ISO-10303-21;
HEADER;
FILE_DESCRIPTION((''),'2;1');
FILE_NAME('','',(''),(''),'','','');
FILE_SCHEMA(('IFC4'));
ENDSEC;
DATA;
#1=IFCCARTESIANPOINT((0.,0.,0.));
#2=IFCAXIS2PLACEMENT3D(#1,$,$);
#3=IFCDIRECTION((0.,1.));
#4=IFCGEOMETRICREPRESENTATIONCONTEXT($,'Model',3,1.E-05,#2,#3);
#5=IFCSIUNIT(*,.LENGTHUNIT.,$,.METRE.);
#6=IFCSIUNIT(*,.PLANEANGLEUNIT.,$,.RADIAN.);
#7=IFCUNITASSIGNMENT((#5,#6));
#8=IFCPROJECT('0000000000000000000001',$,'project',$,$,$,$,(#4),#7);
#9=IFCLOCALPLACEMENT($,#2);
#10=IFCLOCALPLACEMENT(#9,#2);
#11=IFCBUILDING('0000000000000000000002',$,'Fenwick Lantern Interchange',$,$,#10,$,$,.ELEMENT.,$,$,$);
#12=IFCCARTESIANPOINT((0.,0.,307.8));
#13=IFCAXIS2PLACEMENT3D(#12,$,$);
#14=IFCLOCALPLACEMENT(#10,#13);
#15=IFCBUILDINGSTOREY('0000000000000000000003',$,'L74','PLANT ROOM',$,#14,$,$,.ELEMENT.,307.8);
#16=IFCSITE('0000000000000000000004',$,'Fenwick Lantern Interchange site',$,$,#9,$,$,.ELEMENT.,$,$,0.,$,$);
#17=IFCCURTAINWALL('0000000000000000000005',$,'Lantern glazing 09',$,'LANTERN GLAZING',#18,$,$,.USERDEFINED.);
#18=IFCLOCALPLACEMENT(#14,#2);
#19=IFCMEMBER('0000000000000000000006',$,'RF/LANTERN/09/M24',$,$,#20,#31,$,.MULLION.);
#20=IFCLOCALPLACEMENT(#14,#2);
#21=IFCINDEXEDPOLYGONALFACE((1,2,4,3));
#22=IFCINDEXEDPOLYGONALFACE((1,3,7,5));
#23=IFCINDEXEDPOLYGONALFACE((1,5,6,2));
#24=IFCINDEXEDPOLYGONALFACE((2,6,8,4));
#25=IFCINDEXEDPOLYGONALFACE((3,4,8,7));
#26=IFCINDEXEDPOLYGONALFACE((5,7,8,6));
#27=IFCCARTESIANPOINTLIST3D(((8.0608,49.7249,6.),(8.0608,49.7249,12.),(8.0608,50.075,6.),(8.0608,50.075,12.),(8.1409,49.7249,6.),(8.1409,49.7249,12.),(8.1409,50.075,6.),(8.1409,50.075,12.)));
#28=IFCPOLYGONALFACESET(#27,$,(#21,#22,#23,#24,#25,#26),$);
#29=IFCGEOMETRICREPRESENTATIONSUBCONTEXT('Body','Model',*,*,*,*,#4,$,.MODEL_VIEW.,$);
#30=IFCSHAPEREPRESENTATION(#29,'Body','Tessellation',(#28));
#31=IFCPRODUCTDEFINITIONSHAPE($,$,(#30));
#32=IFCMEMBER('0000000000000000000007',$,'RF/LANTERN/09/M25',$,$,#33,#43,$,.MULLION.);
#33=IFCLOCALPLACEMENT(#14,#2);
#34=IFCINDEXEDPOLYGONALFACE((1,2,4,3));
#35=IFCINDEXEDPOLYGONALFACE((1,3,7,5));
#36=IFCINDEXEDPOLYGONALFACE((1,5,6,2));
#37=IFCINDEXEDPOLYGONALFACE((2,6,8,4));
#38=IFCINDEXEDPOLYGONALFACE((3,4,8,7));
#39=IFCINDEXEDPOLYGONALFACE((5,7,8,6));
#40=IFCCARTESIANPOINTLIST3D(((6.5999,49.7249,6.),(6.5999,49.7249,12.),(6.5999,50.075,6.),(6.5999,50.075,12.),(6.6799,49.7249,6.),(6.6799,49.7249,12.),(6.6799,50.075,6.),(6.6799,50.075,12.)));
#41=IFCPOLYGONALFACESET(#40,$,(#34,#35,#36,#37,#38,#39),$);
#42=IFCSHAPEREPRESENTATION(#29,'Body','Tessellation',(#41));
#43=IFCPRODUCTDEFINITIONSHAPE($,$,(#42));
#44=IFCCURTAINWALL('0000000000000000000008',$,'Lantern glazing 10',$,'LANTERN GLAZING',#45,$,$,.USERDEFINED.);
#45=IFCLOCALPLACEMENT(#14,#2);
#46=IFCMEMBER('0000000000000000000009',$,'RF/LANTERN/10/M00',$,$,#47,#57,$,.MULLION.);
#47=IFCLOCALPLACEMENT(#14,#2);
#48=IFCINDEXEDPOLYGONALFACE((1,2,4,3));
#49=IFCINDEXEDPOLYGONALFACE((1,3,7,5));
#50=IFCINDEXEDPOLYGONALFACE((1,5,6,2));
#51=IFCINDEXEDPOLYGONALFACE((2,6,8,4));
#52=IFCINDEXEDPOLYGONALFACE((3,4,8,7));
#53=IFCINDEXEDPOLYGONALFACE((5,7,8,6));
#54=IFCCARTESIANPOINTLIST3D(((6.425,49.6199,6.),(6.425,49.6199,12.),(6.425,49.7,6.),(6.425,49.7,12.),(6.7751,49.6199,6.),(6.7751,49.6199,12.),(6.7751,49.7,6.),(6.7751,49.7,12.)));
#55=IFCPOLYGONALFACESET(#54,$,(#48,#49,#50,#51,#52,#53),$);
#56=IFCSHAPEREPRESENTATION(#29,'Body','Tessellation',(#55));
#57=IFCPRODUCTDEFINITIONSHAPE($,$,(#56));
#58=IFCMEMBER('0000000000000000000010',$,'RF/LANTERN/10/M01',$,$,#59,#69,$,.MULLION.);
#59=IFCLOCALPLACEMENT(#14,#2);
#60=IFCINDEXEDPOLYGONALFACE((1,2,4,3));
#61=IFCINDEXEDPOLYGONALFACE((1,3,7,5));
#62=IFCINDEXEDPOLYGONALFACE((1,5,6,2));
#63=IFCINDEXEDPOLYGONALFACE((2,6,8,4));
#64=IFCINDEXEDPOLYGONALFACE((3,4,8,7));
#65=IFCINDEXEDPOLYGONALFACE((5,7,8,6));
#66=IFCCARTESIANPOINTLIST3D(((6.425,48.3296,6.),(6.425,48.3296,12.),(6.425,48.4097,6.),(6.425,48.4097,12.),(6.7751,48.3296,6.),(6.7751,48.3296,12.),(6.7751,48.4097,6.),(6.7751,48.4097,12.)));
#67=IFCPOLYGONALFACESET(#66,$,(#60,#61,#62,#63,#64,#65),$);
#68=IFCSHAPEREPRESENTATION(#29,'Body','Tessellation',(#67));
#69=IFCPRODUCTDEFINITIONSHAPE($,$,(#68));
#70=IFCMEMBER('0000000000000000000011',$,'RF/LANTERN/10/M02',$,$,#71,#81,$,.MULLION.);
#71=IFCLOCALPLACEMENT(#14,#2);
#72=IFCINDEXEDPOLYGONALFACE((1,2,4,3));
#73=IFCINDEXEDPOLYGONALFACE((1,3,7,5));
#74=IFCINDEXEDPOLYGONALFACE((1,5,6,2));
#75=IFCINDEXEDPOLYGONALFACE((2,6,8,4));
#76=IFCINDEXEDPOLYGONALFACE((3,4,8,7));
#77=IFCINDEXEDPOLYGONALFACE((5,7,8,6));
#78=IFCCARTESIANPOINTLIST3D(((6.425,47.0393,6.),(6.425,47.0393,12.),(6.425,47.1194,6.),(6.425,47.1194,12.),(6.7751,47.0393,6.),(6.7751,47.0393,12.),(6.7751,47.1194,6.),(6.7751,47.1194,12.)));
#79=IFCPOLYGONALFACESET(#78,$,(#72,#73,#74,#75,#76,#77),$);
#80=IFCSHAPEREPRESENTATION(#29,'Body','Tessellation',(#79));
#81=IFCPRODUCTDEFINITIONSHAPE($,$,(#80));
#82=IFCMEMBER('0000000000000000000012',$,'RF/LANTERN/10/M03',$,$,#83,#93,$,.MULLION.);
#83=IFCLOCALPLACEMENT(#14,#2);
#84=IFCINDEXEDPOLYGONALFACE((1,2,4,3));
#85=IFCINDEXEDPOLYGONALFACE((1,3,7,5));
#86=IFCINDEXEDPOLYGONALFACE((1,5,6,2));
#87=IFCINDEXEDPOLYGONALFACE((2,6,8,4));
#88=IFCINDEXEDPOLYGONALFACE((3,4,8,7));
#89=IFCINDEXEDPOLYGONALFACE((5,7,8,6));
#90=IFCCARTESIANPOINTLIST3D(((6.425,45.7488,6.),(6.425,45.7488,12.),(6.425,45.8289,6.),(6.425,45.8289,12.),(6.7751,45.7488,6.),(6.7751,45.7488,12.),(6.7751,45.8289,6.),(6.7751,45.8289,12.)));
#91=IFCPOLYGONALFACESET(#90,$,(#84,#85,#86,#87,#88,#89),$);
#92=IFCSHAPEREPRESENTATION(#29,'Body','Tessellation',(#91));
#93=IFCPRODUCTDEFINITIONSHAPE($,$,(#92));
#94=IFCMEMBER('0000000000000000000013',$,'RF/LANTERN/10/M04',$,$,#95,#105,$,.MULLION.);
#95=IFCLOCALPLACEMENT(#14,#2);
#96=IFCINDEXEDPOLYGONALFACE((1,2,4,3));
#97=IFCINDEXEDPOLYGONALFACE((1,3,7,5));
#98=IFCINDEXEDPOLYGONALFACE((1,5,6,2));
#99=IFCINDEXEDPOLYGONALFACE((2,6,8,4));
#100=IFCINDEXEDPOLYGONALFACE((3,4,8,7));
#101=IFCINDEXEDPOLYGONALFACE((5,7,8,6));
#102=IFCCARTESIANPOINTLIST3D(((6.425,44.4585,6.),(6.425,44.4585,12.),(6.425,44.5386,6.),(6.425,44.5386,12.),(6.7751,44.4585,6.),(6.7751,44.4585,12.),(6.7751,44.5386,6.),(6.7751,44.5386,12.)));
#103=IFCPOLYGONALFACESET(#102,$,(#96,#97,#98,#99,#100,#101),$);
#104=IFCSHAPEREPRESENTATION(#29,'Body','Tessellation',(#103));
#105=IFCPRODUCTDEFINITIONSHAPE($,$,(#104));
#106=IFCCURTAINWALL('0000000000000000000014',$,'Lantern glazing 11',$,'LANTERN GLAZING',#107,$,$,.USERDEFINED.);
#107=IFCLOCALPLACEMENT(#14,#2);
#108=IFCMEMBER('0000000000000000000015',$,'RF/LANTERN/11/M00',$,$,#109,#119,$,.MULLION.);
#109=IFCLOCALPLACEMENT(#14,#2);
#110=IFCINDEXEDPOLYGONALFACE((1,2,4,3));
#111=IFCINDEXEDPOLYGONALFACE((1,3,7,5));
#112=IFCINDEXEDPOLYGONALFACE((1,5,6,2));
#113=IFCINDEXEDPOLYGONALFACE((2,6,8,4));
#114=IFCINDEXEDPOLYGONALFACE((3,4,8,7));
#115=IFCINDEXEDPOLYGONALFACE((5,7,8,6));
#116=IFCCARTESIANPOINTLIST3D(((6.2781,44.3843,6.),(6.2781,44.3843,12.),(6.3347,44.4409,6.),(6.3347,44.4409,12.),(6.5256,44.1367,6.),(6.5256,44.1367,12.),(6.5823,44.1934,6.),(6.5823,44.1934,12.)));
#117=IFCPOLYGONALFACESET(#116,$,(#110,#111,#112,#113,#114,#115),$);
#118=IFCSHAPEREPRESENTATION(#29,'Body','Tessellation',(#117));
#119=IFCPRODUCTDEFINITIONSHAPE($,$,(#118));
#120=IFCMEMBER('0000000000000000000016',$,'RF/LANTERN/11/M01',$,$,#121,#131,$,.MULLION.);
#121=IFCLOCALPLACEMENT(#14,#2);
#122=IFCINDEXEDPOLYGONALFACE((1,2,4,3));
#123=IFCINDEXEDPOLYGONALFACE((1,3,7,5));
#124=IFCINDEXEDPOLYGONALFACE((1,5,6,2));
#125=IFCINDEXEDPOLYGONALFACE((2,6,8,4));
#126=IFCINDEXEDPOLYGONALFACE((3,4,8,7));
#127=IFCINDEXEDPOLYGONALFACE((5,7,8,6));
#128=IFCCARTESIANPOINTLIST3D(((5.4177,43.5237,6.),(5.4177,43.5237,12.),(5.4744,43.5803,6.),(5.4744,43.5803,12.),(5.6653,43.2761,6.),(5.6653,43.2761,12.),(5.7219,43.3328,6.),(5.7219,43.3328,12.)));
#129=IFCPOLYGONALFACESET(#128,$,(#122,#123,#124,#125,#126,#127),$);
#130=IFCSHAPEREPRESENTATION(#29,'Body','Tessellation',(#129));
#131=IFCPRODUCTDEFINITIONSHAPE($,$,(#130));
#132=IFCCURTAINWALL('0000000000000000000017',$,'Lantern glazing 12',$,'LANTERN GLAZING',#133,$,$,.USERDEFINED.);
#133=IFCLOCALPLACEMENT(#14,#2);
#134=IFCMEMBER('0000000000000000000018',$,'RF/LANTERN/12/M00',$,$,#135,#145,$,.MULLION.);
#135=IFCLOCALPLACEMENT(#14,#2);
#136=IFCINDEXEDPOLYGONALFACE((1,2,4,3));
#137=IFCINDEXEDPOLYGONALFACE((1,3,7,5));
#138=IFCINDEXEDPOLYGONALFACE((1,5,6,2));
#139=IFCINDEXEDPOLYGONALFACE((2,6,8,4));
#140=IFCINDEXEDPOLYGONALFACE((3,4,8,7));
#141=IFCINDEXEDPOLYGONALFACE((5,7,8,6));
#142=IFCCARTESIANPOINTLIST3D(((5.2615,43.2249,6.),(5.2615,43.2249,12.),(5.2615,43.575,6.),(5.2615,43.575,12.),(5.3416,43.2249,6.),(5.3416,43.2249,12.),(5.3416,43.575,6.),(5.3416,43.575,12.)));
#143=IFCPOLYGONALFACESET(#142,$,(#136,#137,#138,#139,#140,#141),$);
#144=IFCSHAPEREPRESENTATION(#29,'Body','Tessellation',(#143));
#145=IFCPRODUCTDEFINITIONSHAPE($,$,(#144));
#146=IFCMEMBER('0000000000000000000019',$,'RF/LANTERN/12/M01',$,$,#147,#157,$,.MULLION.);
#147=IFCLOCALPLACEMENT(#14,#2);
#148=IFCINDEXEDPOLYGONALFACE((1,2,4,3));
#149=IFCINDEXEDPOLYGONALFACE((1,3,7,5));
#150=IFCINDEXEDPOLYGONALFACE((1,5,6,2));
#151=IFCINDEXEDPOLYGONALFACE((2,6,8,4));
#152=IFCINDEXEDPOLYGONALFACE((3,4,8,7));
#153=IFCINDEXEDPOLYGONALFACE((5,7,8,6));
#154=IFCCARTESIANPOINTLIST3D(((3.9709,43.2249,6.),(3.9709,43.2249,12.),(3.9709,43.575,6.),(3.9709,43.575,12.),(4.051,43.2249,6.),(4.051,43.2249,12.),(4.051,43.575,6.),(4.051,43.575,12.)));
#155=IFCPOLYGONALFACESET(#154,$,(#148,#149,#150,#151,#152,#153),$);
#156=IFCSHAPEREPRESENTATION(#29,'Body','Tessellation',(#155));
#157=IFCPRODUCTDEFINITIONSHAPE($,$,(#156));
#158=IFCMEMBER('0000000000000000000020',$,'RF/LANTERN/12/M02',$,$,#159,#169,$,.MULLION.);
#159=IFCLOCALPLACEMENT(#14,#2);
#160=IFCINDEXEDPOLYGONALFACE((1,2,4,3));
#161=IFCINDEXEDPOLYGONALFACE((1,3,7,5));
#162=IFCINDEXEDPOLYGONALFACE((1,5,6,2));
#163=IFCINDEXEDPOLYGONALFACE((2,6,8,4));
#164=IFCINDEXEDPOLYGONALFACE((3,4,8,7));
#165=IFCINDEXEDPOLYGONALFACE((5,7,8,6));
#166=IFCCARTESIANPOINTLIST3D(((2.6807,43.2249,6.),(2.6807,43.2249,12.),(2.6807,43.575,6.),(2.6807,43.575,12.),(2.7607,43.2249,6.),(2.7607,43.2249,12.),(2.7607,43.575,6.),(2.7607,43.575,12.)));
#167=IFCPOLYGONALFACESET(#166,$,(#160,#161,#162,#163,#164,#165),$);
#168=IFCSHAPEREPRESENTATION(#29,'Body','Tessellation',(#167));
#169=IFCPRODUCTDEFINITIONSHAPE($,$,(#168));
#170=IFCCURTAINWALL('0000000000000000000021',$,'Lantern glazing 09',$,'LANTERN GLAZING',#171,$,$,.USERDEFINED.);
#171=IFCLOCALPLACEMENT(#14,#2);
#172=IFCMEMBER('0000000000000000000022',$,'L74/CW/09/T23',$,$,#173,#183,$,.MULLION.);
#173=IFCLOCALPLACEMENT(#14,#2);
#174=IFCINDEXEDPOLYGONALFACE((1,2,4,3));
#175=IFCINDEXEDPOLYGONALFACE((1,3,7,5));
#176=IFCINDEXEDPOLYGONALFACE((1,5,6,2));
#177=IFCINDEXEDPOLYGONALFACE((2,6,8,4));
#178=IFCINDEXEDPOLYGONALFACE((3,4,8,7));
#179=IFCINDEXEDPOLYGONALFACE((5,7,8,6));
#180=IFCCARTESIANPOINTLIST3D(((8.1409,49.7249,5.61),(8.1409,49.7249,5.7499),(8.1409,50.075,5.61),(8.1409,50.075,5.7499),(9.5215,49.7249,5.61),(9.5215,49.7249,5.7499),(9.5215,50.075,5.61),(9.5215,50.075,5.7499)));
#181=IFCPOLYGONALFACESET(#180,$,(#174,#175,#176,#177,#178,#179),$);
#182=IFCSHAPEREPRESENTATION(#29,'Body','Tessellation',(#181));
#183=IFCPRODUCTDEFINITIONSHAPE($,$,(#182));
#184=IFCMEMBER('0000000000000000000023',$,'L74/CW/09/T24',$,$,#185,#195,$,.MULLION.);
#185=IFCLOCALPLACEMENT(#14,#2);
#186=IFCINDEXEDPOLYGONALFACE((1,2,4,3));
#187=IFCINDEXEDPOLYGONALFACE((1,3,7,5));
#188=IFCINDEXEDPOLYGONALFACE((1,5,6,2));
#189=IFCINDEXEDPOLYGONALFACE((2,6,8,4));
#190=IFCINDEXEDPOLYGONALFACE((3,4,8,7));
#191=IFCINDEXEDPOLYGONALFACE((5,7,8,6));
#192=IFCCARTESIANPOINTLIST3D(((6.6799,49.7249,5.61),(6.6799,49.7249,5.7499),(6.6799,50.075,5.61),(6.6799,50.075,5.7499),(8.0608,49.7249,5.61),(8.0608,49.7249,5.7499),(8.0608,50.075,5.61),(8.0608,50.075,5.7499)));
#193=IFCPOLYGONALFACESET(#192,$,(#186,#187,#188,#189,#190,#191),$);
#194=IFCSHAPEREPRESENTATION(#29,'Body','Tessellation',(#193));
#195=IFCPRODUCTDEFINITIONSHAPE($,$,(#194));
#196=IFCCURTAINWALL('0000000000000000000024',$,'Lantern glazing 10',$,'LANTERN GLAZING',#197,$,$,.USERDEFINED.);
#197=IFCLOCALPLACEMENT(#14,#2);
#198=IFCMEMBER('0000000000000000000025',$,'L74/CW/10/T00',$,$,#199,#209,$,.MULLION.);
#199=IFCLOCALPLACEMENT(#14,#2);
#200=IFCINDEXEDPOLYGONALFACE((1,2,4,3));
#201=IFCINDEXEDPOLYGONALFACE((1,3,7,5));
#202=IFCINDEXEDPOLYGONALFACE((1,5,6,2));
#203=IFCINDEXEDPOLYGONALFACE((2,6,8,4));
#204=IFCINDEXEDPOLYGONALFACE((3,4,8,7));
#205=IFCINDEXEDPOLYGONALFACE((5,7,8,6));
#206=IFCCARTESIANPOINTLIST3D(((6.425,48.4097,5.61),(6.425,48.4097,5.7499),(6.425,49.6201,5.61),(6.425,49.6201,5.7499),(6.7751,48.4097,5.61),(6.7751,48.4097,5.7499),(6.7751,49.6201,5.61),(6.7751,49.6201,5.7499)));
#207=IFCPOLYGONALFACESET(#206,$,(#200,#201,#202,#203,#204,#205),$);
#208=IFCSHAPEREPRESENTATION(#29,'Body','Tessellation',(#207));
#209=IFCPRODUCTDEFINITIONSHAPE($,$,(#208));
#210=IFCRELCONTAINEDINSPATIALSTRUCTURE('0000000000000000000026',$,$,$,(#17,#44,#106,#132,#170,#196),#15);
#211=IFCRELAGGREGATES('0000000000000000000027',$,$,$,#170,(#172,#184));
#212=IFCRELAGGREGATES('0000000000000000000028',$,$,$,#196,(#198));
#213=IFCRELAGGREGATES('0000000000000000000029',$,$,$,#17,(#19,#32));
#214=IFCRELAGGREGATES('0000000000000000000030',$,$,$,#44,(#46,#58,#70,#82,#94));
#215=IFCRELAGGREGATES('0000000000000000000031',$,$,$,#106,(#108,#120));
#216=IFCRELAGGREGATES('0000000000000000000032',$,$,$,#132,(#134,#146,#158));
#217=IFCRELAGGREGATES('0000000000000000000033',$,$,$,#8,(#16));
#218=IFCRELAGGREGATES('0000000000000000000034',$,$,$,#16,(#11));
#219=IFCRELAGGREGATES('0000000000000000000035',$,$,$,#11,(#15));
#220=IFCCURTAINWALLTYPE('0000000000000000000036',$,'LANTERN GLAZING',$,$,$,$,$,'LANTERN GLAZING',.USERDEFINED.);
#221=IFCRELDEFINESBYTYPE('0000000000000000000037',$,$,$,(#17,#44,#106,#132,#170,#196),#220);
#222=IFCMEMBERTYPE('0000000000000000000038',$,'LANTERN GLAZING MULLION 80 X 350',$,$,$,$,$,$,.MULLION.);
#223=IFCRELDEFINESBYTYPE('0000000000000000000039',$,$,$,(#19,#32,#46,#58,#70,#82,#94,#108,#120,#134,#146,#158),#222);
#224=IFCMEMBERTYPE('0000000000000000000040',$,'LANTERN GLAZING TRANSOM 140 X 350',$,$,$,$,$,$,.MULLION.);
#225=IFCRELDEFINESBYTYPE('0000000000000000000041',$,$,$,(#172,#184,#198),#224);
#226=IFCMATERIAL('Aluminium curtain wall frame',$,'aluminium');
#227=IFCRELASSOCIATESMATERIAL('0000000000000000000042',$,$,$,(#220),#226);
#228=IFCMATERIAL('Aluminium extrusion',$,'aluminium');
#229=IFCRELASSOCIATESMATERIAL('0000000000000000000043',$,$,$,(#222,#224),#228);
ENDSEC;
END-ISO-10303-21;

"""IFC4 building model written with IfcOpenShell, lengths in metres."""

from ifc_helpers import new_model, si_unit, direction, frame, origin, origin_2d, place, context, subcontext, project, spatial, rectangle, extrude, material, material_profile, profile_set, type_object, element, aggregate, save


model = new_model("IFC4")

# Units and contexts
model_context = context("Model", 3, precision=1e-05, world=origin(), true_north=direction((0.0, 1.0)))
body_context = subcontext(model_context, "Body", "Model", "MODEL_VIEW")
ifc_project = project(units=[si_unit("LENGTHUNIT", "METRE"), si_unit("PLANEANGLEUNIT", "RADIAN")], contexts=[model_context])

# Site, building, storey
site_placement = place(None, origin())
site = spatial("IfcSite", under=ifc_project, at=site_placement, Name="Fenwick Lantern Interchange site", CompositionType="ELEMENT", RefElevation=0.0)
building_placement = place(site_placement, origin())
building = spatial("IfcBuilding", under=site, at=building_placement, Name="Fenwick Lantern Interchange", CompositionType="ELEMENT")
storey_placement = place(building_placement, frame((0.0, 0.0, 307.8)))
storey = spatial("IfcBuildingStorey", under=building, at=storey_placement, Name="L74", Description="PLANT ROOM", CompositionType="ELEMENT", Elevation=307.8)

# Curtain walls, members
ifc_material_1 = material(Name="Aluminium curtain wall frame", Category="aluminium")
curtain_wall_type = type_object("IfcCurtainWallType", Name="LANTERN GLAZING", ElementType="LANTERN GLAZING", PredefinedType="USERDEFINED", material=ifc_material_1)
curtain_wall_1_placement = place(storey_placement, origin())
curtain_wall_1 = element("IfcCurtainWall", 1, at=curtain_wall_1_placement, inside=storey, type_object=curtain_wall_type, Name="Lantern glazing 09", ObjectType="LANTERN GLAZING", PredefinedType="USERDEFINED")
ifc_material_2 = material(Name="Aluminium extrusion", Category="aluminium")
ifc_material_profile_1 = material_profile(ifc_material_2, rectangle(XDim=0.3501, YDim=0.0801, at=origin_2d()), Name="LANTERN GLAZING MULLION 80 X 350")
ifc_profile_set_1 = profile_set([ifc_material_profile_1], Name="Aluminium extrusion")
member_type_1 = type_object("IfcMemberType", Name="LANTERN GLAZING MULLION 80 X 350", PredefinedType="MULLION", material=ifc_profile_set_1)
member_1_placement = place(storey_placement, frame((8.1008, 49.8999, 6.0), z_axis=(0.0, 0.0, 1.0), x_axis=(0.0, -1.0, 0.0)))
member_1 = element("IfcMember", 2, at=member_1_placement, type_object=member_type_1, Name="RF/LANTERN/09/M24", PredefinedType="MULLION", context=body_context, shape_type="SweptSolid", body=[
    extrude(rectangle(XDim=0.3501, YDim=0.0801, at=origin_2d()), origin(), (0.0, 0.0, 1.0), 6.0),
])
member_2_placement = place(storey_placement, frame((6.6399, 49.8999, 6.0), z_axis=(0.0, 0.0, 1.0), x_axis=(0.0, -1.0, 0.0)))
member_2 = element("IfcMember", 3, at=member_2_placement, type_object=member_type_1, Name="RF/LANTERN/09/M25", PredefinedType="MULLION", context=body_context, shape_type="SweptSolid", body=[
    extrude(rectangle(XDim=0.3501, YDim=0.0801, at=origin_2d()), origin(), (0.0, 0.0, 1.0), 6.0),
])
curtain_wall_2_placement = place(storey_placement, origin())
curtain_wall_2 = element("IfcCurtainWall", 4, at=curtain_wall_2_placement, inside=storey, type_object=curtain_wall_type, Name="Lantern glazing 10", ObjectType="LANTERN GLAZING", PredefinedType="USERDEFINED")
member_3_placement = place(storey_placement, frame((6.6001, 49.6599, 6.0), z_axis=(0.0, 0.0, 1.0), x_axis=(1.0, 0.0, 0.0)))
member_3 = element("IfcMember", 5, at=member_3_placement, type_object=member_type_1, Name="RF/LANTERN/10/M00", PredefinedType="MULLION", context=body_context, shape_type="SweptSolid", body=[
    extrude(rectangle(XDim=0.3501, YDim=0.0801, at=origin_2d()), origin(), (0.0, 0.0, 1.0), 6.0),
])
member_4_placement = place(storey_placement, frame((6.6001, 48.3696, 6.0), z_axis=(0.0, 0.0, 1.0), x_axis=(1.0, 0.0, 0.0)))
member_4 = element("IfcMember", 6, at=member_4_placement, type_object=member_type_1, Name="RF/LANTERN/10/M01", PredefinedType="MULLION", context=body_context, shape_type="SweptSolid", body=[
    extrude(rectangle(XDim=0.3501, YDim=0.0801, at=origin_2d()), origin(), (0.0, 0.0, 1.0), 6.0),
])
member_5_placement = place(storey_placement, frame((6.6001, 47.0793, 6.0), z_axis=(0.0, 0.0, 1.0), x_axis=(1.0, 0.0, 0.0)))
member_5 = element("IfcMember", 7, at=member_5_placement, type_object=member_type_1, Name="RF/LANTERN/10/M02", PredefinedType="MULLION", context=body_context, shape_type="SweptSolid", body=[
    extrude(rectangle(XDim=0.3501, YDim=0.0801, at=origin_2d()), origin(), (0.0, 0.0, 1.0), 6.0),
])
member_6_placement = place(storey_placement, frame((6.6001, 45.7888, 6.0), z_axis=(0.0, 0.0, 1.0), x_axis=(1.0, 0.0, 0.0)))
member_6 = element("IfcMember", 8, at=member_6_placement, type_object=member_type_1, Name="RF/LANTERN/10/M03", PredefinedType="MULLION", context=body_context, shape_type="SweptSolid", body=[
    extrude(rectangle(XDim=0.3501, YDim=0.0801, at=origin_2d()), origin(), (0.0, 0.0, 1.0), 6.0),
])
member_7_placement = place(storey_placement, frame((6.6001, 44.4985, 6.0), z_axis=(0.0, 0.0, 1.0), x_axis=(1.0, 0.0, 0.0)))
member_7 = element("IfcMember", 9, at=member_7_placement, type_object=member_type_1, Name="RF/LANTERN/10/M04", PredefinedType="MULLION", context=body_context, shape_type="SweptSolid", body=[
    extrude(rectangle(XDim=0.3501, YDim=0.0801, at=origin_2d()), origin(), (0.0, 0.0, 1.0), 6.0),
])
curtain_wall_3_placement = place(storey_placement, origin())
curtain_wall_3 = element("IfcCurtainWall", 10, at=curtain_wall_3_placement, inside=storey, type_object=curtain_wall_type, Name="Lantern glazing 11", ObjectType="LANTERN GLAZING", PredefinedType="USERDEFINED")
member_8_placement = place(storey_placement, frame((6.4302, 44.2888, 6.0), z_axis=(0.0, 0.0, 1.0), x_axis=(0.707107, -0.707107, 0.0)))
member_8 = element("IfcMember", 11, at=member_8_placement, type_object=member_type_1, Name="RF/LANTERN/11/M00", PredefinedType="MULLION", context=body_context, shape_type="SweptSolid", body=[
    extrude(rectangle(XDim=0.3501, YDim=0.0801, at=origin_2d()), origin(), (0.0, 0.0, 1.0), 6.0),
])
member_9_placement = place(storey_placement, frame((5.5698, 43.4282, 6.0), z_axis=(0.0, 0.0, 1.0), x_axis=(0.707107, -0.707107, 0.0)))
member_9 = element("IfcMember", 12, at=member_9_placement, type_object=member_type_1, Name="RF/LANTERN/11/M01", PredefinedType="MULLION", context=body_context, shape_type="SweptSolid", body=[
    extrude(rectangle(XDim=0.3501, YDim=0.0801, at=origin_2d()), origin(), (0.0, 0.0, 1.0), 6.0),
])
curtain_wall_4_placement = place(storey_placement, origin())
curtain_wall_4 = element("IfcCurtainWall", 13, at=curtain_wall_4_placement, inside=storey, type_object=curtain_wall_type, Name="Lantern glazing 12", ObjectType="LANTERN GLAZING", PredefinedType="USERDEFINED")
member_10_placement = place(storey_placement, frame((5.3015, 43.3999, 6.0), z_axis=(0.0, 0.0, 1.0), x_axis=(0.0, -1.0, 0.0)))
member_10 = element("IfcMember", 14, at=member_10_placement, type_object=member_type_1, Name="RF/LANTERN/12/M00", PredefinedType="MULLION", context=body_context, shape_type="SweptSolid", body=[
    extrude(rectangle(XDim=0.3501, YDim=0.0801, at=origin_2d()), origin(), (0.0, 0.0, 1.0), 6.0),
])
member_11_placement = place(storey_placement, frame((4.011, 43.3999, 6.0), z_axis=(0.0, 0.0, 1.0), x_axis=(0.0, -1.0, 0.0)))
member_11 = element("IfcMember", 15, at=member_11_placement, type_object=member_type_1, Name="RF/LANTERN/12/M01", PredefinedType="MULLION", context=body_context, shape_type="SweptSolid", body=[
    extrude(rectangle(XDim=0.3501, YDim=0.0801, at=origin_2d()), origin(), (0.0, 0.0, 1.0), 6.0),
])
member_12_placement = place(storey_placement, frame((2.7207, 43.3999, 6.0), z_axis=(0.0, 0.0, 1.0), x_axis=(0.0, -1.0, 0.0)))
member_12 = element("IfcMember", 16, at=member_12_placement, type_object=member_type_1, Name="RF/LANTERN/12/M02", PredefinedType="MULLION", context=body_context, shape_type="SweptSolid", body=[
    extrude(rectangle(XDim=0.3501, YDim=0.0801, at=origin_2d()), origin(), (0.0, 0.0, 1.0), 6.0),
])
curtain_wall_5_placement = place(storey_placement, origin())
curtain_wall_5 = element("IfcCurtainWall", 17, at=curtain_wall_5_placement, inside=storey, type_object=curtain_wall_type, Name="Lantern glazing 09", ObjectType="LANTERN GLAZING", PredefinedType="USERDEFINED")
ifc_material_profile_2 = material_profile(ifc_material_2, rectangle(XDim=0.3501, YDim=0.1399, at=origin_2d()), Name="LANTERN GLAZING TRANSOM 140 X 350")
ifc_profile_set_2 = profile_set([ifc_material_profile_2], Name="Aluminium extrusion")
member_type_2 = type_object("IfcMemberType", Name="LANTERN GLAZING TRANSOM 140 X 350", PredefinedType="MULLION", material=ifc_profile_set_2)
member_13_placement = place(storey_placement, frame((9.5215, 49.8999, 5.6799), z_axis=(-1.0, 0.0, 0.0), x_axis=(0.0, -1.0, 0.0)))
member_13 = element("IfcMember", 18, at=member_13_placement, type_object=member_type_2, Name="L74/CW/09/T23", PredefinedType="MULLION", context=body_context, shape_type="SweptSolid", body=[
    extrude(rectangle(XDim=0.3501, YDim=0.1399, at=origin_2d()), origin(), (0.0, 0.0, 1.0), 1.3806),
])
member_14_placement = place(storey_placement, frame((8.0608, 49.8999, 5.6799), z_axis=(-1.0, 0.0, 0.0), x_axis=(0.0, -1.0, 0.0)))
member_14 = element("IfcMember", 19, at=member_14_placement, type_object=member_type_2, Name="L74/CW/09/T24", PredefinedType="MULLION", context=body_context, shape_type="SweptSolid", body=[
    extrude(rectangle(XDim=0.3501, YDim=0.1399, at=origin_2d()), origin(), (0.0, 0.0, 1.0), 1.3809),
])
aggregate(curtain_wall_5, [member_13, member_14])
curtain_wall_6_placement = place(storey_placement, origin())
curtain_wall_6 = element("IfcCurtainWall", 20, at=curtain_wall_6_placement, inside=storey, type_object=curtain_wall_type, Name="Lantern glazing 10", ObjectType="LANTERN GLAZING", PredefinedType="USERDEFINED")
member_15_placement = place(storey_placement, frame((6.6001, 49.6201, 5.6799), z_axis=(0.0, -1.0, 0.0), x_axis=(1.0, 0.0, 0.0)))
member_15 = element("IfcMember", 21, at=member_15_placement, type_object=member_type_2, Name="L74/CW/10/T00", PredefinedType="MULLION", context=body_context, shape_type="SweptSolid", body=[
    extrude(rectangle(XDim=0.3501, YDim=0.1399, at=origin_2d()), origin(), (0.0, 0.0, 1.0), 1.2104),
])
aggregate(curtain_wall_6, [member_15])

aggregate(curtain_wall_1, [member_1, member_2])
aggregate(curtain_wall_2, [member_3, member_4, member_5, member_6, member_7])
aggregate(curtain_wall_3, [member_8, member_9])
aggregate(curtain_wall_4, [member_10, member_11, member_12])

save(model, "model.ifc")
